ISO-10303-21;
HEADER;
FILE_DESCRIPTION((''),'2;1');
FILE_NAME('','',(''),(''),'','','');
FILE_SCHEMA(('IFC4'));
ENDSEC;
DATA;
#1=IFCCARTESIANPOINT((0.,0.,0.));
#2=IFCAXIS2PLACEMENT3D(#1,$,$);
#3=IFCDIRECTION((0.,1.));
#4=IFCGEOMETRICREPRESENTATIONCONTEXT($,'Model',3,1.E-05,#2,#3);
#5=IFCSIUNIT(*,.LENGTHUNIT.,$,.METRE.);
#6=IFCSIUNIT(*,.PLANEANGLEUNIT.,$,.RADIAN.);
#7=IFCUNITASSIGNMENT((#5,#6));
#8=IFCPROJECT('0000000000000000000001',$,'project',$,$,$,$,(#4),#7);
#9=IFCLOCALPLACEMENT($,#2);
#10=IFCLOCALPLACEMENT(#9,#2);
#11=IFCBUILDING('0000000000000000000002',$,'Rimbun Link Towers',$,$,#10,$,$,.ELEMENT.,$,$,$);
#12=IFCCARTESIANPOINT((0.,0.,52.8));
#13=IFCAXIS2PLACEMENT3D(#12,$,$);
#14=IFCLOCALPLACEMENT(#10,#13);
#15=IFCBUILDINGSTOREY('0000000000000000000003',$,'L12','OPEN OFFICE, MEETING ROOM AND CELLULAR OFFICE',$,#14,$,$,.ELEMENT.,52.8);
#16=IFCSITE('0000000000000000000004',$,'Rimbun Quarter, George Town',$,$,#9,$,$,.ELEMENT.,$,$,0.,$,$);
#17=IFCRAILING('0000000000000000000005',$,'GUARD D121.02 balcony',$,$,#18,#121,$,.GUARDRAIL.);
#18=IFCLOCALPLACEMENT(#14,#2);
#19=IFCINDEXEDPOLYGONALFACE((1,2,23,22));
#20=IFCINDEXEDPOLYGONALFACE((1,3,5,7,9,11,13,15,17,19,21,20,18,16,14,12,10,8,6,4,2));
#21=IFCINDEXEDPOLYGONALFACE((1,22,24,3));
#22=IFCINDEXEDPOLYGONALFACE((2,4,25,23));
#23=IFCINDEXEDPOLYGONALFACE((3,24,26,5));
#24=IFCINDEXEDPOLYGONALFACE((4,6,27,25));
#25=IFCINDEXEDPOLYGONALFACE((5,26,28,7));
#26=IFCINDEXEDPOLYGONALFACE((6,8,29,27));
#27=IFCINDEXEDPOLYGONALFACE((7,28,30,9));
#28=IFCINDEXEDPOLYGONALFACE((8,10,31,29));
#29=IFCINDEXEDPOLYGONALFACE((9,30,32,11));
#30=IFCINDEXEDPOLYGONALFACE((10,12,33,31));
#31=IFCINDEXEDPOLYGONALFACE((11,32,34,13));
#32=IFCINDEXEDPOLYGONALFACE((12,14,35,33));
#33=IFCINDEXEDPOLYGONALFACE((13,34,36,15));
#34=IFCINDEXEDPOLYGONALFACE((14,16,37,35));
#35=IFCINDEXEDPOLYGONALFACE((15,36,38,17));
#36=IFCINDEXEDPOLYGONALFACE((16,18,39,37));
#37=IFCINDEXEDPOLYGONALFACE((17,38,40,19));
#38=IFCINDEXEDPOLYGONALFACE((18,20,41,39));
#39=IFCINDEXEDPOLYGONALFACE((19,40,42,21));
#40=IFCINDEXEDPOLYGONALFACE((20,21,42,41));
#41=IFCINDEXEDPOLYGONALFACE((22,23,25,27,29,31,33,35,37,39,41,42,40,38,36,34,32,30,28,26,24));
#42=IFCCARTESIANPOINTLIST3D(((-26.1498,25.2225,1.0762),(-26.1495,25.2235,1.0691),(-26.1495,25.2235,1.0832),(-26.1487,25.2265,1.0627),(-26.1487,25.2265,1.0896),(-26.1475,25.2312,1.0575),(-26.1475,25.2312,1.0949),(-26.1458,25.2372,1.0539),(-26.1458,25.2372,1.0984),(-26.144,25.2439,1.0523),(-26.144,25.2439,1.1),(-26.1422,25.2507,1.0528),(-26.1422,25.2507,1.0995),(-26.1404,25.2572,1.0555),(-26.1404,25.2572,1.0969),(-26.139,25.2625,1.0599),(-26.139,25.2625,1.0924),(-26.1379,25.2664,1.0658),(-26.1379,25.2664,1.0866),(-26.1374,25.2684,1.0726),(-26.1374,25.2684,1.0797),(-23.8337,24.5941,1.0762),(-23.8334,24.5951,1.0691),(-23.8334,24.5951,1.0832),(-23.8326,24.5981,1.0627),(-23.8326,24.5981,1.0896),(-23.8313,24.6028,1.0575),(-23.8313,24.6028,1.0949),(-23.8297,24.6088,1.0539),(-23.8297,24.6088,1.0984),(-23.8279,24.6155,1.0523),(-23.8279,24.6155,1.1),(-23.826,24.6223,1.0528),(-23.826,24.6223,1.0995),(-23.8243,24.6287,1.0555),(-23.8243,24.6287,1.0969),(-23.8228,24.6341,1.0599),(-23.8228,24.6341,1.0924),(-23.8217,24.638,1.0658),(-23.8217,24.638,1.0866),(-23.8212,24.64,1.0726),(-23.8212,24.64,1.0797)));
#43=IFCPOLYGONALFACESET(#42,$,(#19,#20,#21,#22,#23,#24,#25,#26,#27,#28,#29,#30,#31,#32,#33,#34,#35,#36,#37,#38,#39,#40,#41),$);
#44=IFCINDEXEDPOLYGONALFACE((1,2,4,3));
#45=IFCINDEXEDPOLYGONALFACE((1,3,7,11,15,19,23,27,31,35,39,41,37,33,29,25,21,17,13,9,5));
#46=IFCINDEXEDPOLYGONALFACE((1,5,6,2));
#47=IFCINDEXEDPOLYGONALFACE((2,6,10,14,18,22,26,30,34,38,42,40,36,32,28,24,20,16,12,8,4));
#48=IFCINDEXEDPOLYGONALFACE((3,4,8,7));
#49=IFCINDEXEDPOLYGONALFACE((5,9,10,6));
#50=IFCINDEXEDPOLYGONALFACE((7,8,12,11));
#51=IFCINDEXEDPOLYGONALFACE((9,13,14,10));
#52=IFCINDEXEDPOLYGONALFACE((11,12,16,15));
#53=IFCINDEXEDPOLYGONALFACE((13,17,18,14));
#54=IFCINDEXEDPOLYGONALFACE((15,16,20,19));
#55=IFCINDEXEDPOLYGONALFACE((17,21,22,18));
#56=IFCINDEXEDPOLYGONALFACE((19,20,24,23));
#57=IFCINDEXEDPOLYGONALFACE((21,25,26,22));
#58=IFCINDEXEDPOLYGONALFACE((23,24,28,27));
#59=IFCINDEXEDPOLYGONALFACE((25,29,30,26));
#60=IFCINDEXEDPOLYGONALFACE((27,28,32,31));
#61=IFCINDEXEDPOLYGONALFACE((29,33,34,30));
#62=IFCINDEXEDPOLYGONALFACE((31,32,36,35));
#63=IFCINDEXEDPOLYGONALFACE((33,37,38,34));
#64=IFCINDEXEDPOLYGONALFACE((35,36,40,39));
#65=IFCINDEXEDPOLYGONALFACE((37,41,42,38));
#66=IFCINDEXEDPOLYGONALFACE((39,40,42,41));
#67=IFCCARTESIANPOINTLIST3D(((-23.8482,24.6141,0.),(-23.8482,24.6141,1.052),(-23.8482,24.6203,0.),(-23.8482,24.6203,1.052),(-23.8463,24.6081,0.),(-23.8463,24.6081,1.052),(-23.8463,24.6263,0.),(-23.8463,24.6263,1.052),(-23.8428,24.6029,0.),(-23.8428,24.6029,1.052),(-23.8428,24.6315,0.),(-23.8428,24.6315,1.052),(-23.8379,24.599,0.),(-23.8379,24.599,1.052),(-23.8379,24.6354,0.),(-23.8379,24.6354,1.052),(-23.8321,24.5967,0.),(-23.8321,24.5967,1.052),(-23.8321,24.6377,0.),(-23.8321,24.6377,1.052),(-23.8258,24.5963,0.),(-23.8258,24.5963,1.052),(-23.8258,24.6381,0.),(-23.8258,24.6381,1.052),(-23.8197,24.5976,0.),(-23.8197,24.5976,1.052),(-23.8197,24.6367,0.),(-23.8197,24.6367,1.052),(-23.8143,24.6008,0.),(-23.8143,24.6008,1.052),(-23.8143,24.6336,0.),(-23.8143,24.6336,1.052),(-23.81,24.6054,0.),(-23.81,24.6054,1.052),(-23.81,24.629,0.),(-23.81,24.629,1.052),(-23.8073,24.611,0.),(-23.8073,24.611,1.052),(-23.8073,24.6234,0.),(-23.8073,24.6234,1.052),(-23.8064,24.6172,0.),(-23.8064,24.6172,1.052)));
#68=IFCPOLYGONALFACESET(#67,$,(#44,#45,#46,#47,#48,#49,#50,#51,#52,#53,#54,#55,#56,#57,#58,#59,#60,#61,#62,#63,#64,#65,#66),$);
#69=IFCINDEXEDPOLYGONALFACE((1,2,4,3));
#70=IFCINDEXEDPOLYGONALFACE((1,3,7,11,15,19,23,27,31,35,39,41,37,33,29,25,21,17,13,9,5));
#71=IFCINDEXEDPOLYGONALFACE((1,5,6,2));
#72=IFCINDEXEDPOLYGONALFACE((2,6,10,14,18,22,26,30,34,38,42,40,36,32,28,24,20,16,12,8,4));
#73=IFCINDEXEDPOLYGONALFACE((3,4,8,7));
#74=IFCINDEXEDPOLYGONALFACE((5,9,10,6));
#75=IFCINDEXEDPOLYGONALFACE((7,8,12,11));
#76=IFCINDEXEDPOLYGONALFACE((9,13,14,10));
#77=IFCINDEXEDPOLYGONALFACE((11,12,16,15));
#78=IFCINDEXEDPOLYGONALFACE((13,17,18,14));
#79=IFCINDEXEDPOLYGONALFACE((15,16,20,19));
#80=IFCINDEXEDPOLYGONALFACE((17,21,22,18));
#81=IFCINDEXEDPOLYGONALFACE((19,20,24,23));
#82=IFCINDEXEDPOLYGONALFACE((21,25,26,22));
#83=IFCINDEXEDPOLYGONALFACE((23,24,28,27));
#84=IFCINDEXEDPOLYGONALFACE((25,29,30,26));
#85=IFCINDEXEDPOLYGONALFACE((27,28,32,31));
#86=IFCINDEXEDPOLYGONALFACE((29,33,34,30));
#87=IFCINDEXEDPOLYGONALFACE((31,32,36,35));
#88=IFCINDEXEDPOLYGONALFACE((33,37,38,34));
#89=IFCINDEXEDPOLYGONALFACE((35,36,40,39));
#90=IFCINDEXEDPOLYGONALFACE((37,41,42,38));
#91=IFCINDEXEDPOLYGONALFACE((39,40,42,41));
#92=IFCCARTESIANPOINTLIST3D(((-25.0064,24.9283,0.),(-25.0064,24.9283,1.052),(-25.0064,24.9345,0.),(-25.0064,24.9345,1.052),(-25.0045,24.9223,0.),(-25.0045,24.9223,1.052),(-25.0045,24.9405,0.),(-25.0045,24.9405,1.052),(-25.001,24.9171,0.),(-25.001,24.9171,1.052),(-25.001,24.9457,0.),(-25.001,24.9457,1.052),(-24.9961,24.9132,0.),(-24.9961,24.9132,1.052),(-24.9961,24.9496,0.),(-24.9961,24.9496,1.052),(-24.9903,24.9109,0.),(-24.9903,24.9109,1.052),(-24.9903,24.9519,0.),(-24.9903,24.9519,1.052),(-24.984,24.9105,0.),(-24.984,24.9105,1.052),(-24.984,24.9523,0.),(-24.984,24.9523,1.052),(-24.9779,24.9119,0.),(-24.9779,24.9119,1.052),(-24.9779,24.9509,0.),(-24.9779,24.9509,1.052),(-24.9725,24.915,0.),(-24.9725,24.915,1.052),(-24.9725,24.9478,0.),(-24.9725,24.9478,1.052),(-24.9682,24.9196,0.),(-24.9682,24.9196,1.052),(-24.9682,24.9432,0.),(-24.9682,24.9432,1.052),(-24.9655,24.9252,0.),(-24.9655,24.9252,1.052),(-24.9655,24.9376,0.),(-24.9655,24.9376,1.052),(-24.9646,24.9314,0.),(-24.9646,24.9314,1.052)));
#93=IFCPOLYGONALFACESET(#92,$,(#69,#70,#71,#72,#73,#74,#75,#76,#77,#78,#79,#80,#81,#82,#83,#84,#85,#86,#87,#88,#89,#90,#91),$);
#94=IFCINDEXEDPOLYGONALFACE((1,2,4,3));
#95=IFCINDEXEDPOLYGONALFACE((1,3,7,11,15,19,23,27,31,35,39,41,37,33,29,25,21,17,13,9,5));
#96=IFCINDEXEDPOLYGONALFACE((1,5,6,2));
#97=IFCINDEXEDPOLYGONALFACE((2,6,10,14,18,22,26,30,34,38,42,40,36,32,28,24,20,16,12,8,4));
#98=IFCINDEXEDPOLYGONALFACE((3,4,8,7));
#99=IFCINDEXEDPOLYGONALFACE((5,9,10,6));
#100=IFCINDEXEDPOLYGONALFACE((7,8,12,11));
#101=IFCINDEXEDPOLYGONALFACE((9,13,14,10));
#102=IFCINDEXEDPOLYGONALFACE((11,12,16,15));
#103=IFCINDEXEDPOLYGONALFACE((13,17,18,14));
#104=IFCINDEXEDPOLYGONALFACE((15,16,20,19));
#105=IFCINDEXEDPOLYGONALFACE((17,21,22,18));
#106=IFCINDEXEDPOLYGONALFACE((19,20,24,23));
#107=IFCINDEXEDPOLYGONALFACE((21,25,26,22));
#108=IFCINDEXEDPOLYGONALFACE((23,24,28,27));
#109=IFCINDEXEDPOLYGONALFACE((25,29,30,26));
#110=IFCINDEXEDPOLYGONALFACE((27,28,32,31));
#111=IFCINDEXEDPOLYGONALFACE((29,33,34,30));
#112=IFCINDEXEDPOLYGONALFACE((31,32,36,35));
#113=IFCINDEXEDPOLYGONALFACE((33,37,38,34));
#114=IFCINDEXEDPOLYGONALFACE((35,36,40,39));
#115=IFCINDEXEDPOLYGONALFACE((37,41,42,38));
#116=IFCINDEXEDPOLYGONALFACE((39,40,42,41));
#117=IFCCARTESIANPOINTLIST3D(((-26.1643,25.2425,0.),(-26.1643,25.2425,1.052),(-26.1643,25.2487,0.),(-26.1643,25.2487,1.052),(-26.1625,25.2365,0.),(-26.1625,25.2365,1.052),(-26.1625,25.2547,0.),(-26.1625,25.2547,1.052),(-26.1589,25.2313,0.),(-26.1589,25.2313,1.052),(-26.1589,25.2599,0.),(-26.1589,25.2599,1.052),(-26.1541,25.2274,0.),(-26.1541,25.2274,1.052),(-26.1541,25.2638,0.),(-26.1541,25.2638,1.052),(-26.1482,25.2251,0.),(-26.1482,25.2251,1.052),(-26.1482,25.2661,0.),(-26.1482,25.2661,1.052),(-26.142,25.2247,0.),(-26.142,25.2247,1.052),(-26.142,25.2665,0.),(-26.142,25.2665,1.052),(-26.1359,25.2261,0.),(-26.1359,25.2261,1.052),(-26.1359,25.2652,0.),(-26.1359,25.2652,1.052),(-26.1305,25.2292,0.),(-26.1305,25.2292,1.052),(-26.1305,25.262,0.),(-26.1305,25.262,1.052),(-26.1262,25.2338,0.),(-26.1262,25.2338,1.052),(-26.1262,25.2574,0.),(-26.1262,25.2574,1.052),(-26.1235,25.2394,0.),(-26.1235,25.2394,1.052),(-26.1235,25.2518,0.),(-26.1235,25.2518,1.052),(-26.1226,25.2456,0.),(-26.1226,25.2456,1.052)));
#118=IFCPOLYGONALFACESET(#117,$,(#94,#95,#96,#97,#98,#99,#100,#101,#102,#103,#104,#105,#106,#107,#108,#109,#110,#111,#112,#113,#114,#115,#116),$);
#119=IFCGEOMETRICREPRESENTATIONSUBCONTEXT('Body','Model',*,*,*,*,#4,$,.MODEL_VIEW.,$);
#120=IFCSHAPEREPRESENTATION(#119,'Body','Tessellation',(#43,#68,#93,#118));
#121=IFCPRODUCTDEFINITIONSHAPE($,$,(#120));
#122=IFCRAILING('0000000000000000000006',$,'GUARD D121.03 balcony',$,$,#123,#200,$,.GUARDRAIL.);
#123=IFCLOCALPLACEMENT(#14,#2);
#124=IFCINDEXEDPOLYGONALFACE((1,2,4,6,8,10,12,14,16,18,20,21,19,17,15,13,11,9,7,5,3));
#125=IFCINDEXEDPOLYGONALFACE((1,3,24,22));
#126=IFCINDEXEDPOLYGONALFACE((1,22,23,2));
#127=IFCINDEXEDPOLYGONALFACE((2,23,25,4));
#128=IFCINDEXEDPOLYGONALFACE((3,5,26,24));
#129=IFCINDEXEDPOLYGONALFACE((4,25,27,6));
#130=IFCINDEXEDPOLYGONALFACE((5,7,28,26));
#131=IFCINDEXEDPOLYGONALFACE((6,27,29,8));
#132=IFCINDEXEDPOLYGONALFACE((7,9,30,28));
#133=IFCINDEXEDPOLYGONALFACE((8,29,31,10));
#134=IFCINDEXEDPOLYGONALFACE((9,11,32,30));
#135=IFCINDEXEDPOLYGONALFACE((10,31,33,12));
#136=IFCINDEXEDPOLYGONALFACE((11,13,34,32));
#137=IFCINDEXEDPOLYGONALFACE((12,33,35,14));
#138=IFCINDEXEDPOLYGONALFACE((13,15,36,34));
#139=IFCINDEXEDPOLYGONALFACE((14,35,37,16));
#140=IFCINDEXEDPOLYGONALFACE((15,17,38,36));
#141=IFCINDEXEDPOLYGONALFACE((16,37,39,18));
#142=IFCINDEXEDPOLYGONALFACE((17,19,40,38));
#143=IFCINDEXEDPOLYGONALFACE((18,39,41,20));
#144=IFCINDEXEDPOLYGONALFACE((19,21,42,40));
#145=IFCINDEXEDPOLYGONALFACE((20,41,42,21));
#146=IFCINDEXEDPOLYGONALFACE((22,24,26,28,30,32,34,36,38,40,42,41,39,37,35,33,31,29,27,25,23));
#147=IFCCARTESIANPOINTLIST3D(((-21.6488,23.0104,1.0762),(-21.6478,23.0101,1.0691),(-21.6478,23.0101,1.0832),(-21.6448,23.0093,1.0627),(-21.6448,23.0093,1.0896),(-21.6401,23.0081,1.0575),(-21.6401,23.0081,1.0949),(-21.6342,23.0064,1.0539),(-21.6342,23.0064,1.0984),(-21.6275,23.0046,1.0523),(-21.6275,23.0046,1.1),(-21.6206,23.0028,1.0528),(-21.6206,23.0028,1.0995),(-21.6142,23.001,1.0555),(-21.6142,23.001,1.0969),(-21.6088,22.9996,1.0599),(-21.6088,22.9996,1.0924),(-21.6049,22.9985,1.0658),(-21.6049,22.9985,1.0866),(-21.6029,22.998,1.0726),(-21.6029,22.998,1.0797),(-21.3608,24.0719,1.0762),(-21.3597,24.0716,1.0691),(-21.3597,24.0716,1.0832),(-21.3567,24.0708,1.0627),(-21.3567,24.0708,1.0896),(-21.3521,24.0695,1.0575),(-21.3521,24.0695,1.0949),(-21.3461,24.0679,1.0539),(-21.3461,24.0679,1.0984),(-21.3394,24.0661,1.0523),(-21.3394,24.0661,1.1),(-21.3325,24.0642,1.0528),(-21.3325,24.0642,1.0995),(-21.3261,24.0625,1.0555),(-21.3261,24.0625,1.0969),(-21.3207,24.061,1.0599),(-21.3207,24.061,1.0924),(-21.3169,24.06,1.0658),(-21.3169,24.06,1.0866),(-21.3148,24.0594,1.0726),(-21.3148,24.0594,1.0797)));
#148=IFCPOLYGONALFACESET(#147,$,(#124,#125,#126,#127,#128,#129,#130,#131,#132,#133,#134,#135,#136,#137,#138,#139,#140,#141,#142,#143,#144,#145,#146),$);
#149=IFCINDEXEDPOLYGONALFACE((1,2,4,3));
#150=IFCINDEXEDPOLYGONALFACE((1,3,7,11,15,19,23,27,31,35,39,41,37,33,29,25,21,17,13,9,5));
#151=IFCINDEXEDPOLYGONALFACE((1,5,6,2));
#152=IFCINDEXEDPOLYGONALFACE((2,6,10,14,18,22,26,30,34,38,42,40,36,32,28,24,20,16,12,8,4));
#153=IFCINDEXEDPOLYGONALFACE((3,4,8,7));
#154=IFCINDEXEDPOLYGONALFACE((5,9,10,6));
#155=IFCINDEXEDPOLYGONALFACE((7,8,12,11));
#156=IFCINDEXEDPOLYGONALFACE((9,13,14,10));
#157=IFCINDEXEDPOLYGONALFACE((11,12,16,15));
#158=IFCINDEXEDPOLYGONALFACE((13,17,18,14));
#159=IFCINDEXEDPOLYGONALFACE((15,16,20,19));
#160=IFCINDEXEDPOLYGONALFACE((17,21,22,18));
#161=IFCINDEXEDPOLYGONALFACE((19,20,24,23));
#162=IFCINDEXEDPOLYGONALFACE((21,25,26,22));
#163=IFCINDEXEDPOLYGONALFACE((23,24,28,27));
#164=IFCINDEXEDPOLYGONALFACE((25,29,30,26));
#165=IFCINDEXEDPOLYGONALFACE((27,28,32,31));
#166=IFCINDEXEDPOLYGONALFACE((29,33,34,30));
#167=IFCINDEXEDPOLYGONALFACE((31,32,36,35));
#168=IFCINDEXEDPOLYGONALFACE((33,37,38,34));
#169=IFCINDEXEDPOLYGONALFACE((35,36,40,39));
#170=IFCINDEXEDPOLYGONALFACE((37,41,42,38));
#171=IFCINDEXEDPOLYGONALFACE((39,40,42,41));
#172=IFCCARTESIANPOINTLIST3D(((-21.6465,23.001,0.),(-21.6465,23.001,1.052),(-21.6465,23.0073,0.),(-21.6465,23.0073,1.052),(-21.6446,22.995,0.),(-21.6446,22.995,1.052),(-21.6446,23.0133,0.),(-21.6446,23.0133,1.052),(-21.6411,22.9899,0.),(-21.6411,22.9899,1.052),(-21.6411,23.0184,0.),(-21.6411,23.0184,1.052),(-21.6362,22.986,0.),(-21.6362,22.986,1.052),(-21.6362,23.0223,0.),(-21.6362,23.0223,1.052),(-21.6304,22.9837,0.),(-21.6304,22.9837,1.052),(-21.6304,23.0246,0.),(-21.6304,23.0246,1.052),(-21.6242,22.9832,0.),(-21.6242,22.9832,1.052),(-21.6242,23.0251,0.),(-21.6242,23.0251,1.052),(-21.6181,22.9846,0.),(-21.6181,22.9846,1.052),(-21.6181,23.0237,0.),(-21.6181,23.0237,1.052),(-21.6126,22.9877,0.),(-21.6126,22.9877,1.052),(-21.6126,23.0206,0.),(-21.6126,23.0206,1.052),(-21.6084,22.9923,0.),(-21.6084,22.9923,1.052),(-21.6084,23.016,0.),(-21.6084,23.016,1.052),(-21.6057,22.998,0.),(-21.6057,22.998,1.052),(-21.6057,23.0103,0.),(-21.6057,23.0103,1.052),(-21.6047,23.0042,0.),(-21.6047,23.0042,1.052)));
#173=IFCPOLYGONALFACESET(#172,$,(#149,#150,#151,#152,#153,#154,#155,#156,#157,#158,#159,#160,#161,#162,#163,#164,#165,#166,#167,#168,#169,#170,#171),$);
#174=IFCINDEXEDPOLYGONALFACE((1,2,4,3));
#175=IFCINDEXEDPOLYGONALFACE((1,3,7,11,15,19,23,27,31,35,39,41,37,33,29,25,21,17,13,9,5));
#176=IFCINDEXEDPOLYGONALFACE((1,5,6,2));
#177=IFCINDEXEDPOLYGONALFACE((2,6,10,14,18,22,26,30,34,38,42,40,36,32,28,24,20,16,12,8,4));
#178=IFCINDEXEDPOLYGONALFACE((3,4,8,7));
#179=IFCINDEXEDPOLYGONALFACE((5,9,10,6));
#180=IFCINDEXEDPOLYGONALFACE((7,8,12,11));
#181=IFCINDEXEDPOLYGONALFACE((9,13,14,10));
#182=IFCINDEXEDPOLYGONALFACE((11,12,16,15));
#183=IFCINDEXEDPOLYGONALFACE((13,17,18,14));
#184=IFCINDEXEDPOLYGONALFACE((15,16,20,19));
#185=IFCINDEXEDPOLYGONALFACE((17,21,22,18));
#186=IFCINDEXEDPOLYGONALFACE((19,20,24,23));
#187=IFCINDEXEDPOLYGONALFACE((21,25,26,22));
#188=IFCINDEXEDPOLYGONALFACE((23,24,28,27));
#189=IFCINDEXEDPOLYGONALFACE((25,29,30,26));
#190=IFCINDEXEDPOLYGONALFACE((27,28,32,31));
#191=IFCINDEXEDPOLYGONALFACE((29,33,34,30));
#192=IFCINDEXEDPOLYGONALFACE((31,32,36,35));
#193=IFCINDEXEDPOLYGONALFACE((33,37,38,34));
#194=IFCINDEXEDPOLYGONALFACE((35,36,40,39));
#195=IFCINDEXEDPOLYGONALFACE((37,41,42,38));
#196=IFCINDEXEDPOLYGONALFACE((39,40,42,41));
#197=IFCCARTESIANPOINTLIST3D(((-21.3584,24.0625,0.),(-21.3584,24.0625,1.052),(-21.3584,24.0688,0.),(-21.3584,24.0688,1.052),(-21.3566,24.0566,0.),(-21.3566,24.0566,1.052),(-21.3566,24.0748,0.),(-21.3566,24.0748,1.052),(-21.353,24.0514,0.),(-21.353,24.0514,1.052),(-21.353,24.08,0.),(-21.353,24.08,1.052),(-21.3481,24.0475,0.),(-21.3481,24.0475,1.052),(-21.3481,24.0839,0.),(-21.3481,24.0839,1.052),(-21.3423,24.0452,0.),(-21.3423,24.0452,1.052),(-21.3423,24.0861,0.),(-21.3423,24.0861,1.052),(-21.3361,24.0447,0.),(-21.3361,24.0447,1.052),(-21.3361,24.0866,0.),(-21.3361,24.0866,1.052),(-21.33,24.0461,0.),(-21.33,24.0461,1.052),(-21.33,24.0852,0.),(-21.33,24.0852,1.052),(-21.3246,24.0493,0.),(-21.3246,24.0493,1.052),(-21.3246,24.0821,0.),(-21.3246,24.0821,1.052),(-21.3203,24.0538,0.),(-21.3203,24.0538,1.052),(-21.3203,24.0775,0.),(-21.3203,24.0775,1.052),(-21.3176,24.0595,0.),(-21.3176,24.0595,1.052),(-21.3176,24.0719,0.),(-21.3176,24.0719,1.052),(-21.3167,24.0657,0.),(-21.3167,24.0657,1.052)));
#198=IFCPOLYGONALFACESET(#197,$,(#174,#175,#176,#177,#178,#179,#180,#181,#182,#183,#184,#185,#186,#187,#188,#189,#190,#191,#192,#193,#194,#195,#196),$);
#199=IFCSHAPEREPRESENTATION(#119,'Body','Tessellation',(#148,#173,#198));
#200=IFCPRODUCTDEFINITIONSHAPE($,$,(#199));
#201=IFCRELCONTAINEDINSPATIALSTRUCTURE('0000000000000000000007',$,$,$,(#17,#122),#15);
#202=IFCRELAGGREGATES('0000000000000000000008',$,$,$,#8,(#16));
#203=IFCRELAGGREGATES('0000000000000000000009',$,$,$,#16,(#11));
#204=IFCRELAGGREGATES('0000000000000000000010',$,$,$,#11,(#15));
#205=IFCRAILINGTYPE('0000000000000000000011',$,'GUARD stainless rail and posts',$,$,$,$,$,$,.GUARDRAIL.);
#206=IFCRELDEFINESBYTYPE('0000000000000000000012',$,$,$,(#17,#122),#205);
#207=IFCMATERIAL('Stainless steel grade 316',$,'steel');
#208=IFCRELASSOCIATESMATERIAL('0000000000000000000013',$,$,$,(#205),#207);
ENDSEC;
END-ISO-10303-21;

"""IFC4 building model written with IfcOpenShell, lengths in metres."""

from ifc_helpers import new_model, si_unit, direction, frame, origin, origin_2d, place, context, subcontext, project, spatial, circle, extrude, material, type_object, element, save


model = new_model("IFC4")

# Units and contexts
model_context = context("Model", 3, precision=1e-05, world=origin(), true_north=direction((0.0, 1.0)))
body_context = subcontext(model_context, "Body", "Model", "MODEL_VIEW")
ifc_project = project(units=[si_unit("LENGTHUNIT", "METRE"), si_unit("PLANEANGLEUNIT", "RADIAN")], contexts=[model_context])

# Site, building, storey
site_placement = place(None, origin())
site = spatial("IfcSite", under=ifc_project, at=site_placement, Name="Rimbun Quarter, George Town", CompositionType="ELEMENT", RefElevation=0.0)
building_placement = place(site_placement, origin())
building = spatial("IfcBuilding", under=site, at=building_placement, Name="Rimbun Link Towers", CompositionType="ELEMENT")
storey_placement = place(building_placement, frame((0.0, 0.0, 52.8)))
storey = spatial("IfcBuildingStorey", under=building, at=storey_placement, Name="L12", Description="OPEN OFFICE, MEETING ROOM AND CELLULAR OFFICE", CompositionType="ELEMENT", Elevation=52.8)

# Railings
ifc_material_1 = material(Name="Stainless steel grade 316", Category="steel")
railing_type = type_object("IfcRailingType", Name="GUARD stainless rail and posts", PredefinedType="GUARDRAIL", material=ifc_material_1)
railing_1_placement = place(storey_placement, frame((-23.8274, 24.6172, 0.0)))
element("IfcRailing", 1, at=railing_1_placement, inside=storey, type_object=railing_type, Name="GUARD D121.02 balcony", PredefinedType="GUARDRAIL", context=body_context, shape_type="SweptSolid", body=[
    extrude(circle(Radius=0.0239, at=origin_2d()), frame((0.0, 0.0, 1.0762), z_axis=(-0.965108, 0.261852, 0.0), x_axis=(-0.261852, -0.965108, 0.0)), (0.0, 0.0, 1.0), 2.3999),
    extrude(circle(Radius=0.021, at=origin_2d()), origin(), (0.0, 0.0, 1.0), 1.052),
    extrude(circle(Radius=0.021, at=origin_2d()), frame((-1.1582, 0.3142, 0.0)), (0.0, 0.0, 1.0), 1.052),
    extrude(circle(Radius=0.021, at=origin_2d()), frame((-2.3162, 0.6284, 0.0)), (0.0, 0.0, 1.0), 1.052),
])
railing_2_placement = place(storey_placement, frame((-21.6257, 23.0042, 0.0)))
element("IfcRailing", 2, at=railing_2_placement, inside=storey, type_object=railing_type, Name="GUARD D121.03 balcony", PredefinedType="GUARDRAIL", context=body_context, shape_type="SweptSolid", body=[
    extrude(circle(Radius=0.0239, at=origin_2d()), frame((0.0, 0.0, 1.0762), z_axis=(0.261915, 0.965091, 0.0), x_axis=(-0.965091, 0.261915, 0.0)), (0.0, 0.0, 1.0), 1.0999),
    extrude(circle(Radius=0.021, at=origin_2d()), origin(), (0.0, 0.0, 1.0), 1.052),
    extrude(circle(Radius=0.021, at=origin_2d()), frame((0.2881, 1.0615, 0.0)), (0.0, 0.0, 1.0), 1.052),
])

save(model, "model.ifc")
